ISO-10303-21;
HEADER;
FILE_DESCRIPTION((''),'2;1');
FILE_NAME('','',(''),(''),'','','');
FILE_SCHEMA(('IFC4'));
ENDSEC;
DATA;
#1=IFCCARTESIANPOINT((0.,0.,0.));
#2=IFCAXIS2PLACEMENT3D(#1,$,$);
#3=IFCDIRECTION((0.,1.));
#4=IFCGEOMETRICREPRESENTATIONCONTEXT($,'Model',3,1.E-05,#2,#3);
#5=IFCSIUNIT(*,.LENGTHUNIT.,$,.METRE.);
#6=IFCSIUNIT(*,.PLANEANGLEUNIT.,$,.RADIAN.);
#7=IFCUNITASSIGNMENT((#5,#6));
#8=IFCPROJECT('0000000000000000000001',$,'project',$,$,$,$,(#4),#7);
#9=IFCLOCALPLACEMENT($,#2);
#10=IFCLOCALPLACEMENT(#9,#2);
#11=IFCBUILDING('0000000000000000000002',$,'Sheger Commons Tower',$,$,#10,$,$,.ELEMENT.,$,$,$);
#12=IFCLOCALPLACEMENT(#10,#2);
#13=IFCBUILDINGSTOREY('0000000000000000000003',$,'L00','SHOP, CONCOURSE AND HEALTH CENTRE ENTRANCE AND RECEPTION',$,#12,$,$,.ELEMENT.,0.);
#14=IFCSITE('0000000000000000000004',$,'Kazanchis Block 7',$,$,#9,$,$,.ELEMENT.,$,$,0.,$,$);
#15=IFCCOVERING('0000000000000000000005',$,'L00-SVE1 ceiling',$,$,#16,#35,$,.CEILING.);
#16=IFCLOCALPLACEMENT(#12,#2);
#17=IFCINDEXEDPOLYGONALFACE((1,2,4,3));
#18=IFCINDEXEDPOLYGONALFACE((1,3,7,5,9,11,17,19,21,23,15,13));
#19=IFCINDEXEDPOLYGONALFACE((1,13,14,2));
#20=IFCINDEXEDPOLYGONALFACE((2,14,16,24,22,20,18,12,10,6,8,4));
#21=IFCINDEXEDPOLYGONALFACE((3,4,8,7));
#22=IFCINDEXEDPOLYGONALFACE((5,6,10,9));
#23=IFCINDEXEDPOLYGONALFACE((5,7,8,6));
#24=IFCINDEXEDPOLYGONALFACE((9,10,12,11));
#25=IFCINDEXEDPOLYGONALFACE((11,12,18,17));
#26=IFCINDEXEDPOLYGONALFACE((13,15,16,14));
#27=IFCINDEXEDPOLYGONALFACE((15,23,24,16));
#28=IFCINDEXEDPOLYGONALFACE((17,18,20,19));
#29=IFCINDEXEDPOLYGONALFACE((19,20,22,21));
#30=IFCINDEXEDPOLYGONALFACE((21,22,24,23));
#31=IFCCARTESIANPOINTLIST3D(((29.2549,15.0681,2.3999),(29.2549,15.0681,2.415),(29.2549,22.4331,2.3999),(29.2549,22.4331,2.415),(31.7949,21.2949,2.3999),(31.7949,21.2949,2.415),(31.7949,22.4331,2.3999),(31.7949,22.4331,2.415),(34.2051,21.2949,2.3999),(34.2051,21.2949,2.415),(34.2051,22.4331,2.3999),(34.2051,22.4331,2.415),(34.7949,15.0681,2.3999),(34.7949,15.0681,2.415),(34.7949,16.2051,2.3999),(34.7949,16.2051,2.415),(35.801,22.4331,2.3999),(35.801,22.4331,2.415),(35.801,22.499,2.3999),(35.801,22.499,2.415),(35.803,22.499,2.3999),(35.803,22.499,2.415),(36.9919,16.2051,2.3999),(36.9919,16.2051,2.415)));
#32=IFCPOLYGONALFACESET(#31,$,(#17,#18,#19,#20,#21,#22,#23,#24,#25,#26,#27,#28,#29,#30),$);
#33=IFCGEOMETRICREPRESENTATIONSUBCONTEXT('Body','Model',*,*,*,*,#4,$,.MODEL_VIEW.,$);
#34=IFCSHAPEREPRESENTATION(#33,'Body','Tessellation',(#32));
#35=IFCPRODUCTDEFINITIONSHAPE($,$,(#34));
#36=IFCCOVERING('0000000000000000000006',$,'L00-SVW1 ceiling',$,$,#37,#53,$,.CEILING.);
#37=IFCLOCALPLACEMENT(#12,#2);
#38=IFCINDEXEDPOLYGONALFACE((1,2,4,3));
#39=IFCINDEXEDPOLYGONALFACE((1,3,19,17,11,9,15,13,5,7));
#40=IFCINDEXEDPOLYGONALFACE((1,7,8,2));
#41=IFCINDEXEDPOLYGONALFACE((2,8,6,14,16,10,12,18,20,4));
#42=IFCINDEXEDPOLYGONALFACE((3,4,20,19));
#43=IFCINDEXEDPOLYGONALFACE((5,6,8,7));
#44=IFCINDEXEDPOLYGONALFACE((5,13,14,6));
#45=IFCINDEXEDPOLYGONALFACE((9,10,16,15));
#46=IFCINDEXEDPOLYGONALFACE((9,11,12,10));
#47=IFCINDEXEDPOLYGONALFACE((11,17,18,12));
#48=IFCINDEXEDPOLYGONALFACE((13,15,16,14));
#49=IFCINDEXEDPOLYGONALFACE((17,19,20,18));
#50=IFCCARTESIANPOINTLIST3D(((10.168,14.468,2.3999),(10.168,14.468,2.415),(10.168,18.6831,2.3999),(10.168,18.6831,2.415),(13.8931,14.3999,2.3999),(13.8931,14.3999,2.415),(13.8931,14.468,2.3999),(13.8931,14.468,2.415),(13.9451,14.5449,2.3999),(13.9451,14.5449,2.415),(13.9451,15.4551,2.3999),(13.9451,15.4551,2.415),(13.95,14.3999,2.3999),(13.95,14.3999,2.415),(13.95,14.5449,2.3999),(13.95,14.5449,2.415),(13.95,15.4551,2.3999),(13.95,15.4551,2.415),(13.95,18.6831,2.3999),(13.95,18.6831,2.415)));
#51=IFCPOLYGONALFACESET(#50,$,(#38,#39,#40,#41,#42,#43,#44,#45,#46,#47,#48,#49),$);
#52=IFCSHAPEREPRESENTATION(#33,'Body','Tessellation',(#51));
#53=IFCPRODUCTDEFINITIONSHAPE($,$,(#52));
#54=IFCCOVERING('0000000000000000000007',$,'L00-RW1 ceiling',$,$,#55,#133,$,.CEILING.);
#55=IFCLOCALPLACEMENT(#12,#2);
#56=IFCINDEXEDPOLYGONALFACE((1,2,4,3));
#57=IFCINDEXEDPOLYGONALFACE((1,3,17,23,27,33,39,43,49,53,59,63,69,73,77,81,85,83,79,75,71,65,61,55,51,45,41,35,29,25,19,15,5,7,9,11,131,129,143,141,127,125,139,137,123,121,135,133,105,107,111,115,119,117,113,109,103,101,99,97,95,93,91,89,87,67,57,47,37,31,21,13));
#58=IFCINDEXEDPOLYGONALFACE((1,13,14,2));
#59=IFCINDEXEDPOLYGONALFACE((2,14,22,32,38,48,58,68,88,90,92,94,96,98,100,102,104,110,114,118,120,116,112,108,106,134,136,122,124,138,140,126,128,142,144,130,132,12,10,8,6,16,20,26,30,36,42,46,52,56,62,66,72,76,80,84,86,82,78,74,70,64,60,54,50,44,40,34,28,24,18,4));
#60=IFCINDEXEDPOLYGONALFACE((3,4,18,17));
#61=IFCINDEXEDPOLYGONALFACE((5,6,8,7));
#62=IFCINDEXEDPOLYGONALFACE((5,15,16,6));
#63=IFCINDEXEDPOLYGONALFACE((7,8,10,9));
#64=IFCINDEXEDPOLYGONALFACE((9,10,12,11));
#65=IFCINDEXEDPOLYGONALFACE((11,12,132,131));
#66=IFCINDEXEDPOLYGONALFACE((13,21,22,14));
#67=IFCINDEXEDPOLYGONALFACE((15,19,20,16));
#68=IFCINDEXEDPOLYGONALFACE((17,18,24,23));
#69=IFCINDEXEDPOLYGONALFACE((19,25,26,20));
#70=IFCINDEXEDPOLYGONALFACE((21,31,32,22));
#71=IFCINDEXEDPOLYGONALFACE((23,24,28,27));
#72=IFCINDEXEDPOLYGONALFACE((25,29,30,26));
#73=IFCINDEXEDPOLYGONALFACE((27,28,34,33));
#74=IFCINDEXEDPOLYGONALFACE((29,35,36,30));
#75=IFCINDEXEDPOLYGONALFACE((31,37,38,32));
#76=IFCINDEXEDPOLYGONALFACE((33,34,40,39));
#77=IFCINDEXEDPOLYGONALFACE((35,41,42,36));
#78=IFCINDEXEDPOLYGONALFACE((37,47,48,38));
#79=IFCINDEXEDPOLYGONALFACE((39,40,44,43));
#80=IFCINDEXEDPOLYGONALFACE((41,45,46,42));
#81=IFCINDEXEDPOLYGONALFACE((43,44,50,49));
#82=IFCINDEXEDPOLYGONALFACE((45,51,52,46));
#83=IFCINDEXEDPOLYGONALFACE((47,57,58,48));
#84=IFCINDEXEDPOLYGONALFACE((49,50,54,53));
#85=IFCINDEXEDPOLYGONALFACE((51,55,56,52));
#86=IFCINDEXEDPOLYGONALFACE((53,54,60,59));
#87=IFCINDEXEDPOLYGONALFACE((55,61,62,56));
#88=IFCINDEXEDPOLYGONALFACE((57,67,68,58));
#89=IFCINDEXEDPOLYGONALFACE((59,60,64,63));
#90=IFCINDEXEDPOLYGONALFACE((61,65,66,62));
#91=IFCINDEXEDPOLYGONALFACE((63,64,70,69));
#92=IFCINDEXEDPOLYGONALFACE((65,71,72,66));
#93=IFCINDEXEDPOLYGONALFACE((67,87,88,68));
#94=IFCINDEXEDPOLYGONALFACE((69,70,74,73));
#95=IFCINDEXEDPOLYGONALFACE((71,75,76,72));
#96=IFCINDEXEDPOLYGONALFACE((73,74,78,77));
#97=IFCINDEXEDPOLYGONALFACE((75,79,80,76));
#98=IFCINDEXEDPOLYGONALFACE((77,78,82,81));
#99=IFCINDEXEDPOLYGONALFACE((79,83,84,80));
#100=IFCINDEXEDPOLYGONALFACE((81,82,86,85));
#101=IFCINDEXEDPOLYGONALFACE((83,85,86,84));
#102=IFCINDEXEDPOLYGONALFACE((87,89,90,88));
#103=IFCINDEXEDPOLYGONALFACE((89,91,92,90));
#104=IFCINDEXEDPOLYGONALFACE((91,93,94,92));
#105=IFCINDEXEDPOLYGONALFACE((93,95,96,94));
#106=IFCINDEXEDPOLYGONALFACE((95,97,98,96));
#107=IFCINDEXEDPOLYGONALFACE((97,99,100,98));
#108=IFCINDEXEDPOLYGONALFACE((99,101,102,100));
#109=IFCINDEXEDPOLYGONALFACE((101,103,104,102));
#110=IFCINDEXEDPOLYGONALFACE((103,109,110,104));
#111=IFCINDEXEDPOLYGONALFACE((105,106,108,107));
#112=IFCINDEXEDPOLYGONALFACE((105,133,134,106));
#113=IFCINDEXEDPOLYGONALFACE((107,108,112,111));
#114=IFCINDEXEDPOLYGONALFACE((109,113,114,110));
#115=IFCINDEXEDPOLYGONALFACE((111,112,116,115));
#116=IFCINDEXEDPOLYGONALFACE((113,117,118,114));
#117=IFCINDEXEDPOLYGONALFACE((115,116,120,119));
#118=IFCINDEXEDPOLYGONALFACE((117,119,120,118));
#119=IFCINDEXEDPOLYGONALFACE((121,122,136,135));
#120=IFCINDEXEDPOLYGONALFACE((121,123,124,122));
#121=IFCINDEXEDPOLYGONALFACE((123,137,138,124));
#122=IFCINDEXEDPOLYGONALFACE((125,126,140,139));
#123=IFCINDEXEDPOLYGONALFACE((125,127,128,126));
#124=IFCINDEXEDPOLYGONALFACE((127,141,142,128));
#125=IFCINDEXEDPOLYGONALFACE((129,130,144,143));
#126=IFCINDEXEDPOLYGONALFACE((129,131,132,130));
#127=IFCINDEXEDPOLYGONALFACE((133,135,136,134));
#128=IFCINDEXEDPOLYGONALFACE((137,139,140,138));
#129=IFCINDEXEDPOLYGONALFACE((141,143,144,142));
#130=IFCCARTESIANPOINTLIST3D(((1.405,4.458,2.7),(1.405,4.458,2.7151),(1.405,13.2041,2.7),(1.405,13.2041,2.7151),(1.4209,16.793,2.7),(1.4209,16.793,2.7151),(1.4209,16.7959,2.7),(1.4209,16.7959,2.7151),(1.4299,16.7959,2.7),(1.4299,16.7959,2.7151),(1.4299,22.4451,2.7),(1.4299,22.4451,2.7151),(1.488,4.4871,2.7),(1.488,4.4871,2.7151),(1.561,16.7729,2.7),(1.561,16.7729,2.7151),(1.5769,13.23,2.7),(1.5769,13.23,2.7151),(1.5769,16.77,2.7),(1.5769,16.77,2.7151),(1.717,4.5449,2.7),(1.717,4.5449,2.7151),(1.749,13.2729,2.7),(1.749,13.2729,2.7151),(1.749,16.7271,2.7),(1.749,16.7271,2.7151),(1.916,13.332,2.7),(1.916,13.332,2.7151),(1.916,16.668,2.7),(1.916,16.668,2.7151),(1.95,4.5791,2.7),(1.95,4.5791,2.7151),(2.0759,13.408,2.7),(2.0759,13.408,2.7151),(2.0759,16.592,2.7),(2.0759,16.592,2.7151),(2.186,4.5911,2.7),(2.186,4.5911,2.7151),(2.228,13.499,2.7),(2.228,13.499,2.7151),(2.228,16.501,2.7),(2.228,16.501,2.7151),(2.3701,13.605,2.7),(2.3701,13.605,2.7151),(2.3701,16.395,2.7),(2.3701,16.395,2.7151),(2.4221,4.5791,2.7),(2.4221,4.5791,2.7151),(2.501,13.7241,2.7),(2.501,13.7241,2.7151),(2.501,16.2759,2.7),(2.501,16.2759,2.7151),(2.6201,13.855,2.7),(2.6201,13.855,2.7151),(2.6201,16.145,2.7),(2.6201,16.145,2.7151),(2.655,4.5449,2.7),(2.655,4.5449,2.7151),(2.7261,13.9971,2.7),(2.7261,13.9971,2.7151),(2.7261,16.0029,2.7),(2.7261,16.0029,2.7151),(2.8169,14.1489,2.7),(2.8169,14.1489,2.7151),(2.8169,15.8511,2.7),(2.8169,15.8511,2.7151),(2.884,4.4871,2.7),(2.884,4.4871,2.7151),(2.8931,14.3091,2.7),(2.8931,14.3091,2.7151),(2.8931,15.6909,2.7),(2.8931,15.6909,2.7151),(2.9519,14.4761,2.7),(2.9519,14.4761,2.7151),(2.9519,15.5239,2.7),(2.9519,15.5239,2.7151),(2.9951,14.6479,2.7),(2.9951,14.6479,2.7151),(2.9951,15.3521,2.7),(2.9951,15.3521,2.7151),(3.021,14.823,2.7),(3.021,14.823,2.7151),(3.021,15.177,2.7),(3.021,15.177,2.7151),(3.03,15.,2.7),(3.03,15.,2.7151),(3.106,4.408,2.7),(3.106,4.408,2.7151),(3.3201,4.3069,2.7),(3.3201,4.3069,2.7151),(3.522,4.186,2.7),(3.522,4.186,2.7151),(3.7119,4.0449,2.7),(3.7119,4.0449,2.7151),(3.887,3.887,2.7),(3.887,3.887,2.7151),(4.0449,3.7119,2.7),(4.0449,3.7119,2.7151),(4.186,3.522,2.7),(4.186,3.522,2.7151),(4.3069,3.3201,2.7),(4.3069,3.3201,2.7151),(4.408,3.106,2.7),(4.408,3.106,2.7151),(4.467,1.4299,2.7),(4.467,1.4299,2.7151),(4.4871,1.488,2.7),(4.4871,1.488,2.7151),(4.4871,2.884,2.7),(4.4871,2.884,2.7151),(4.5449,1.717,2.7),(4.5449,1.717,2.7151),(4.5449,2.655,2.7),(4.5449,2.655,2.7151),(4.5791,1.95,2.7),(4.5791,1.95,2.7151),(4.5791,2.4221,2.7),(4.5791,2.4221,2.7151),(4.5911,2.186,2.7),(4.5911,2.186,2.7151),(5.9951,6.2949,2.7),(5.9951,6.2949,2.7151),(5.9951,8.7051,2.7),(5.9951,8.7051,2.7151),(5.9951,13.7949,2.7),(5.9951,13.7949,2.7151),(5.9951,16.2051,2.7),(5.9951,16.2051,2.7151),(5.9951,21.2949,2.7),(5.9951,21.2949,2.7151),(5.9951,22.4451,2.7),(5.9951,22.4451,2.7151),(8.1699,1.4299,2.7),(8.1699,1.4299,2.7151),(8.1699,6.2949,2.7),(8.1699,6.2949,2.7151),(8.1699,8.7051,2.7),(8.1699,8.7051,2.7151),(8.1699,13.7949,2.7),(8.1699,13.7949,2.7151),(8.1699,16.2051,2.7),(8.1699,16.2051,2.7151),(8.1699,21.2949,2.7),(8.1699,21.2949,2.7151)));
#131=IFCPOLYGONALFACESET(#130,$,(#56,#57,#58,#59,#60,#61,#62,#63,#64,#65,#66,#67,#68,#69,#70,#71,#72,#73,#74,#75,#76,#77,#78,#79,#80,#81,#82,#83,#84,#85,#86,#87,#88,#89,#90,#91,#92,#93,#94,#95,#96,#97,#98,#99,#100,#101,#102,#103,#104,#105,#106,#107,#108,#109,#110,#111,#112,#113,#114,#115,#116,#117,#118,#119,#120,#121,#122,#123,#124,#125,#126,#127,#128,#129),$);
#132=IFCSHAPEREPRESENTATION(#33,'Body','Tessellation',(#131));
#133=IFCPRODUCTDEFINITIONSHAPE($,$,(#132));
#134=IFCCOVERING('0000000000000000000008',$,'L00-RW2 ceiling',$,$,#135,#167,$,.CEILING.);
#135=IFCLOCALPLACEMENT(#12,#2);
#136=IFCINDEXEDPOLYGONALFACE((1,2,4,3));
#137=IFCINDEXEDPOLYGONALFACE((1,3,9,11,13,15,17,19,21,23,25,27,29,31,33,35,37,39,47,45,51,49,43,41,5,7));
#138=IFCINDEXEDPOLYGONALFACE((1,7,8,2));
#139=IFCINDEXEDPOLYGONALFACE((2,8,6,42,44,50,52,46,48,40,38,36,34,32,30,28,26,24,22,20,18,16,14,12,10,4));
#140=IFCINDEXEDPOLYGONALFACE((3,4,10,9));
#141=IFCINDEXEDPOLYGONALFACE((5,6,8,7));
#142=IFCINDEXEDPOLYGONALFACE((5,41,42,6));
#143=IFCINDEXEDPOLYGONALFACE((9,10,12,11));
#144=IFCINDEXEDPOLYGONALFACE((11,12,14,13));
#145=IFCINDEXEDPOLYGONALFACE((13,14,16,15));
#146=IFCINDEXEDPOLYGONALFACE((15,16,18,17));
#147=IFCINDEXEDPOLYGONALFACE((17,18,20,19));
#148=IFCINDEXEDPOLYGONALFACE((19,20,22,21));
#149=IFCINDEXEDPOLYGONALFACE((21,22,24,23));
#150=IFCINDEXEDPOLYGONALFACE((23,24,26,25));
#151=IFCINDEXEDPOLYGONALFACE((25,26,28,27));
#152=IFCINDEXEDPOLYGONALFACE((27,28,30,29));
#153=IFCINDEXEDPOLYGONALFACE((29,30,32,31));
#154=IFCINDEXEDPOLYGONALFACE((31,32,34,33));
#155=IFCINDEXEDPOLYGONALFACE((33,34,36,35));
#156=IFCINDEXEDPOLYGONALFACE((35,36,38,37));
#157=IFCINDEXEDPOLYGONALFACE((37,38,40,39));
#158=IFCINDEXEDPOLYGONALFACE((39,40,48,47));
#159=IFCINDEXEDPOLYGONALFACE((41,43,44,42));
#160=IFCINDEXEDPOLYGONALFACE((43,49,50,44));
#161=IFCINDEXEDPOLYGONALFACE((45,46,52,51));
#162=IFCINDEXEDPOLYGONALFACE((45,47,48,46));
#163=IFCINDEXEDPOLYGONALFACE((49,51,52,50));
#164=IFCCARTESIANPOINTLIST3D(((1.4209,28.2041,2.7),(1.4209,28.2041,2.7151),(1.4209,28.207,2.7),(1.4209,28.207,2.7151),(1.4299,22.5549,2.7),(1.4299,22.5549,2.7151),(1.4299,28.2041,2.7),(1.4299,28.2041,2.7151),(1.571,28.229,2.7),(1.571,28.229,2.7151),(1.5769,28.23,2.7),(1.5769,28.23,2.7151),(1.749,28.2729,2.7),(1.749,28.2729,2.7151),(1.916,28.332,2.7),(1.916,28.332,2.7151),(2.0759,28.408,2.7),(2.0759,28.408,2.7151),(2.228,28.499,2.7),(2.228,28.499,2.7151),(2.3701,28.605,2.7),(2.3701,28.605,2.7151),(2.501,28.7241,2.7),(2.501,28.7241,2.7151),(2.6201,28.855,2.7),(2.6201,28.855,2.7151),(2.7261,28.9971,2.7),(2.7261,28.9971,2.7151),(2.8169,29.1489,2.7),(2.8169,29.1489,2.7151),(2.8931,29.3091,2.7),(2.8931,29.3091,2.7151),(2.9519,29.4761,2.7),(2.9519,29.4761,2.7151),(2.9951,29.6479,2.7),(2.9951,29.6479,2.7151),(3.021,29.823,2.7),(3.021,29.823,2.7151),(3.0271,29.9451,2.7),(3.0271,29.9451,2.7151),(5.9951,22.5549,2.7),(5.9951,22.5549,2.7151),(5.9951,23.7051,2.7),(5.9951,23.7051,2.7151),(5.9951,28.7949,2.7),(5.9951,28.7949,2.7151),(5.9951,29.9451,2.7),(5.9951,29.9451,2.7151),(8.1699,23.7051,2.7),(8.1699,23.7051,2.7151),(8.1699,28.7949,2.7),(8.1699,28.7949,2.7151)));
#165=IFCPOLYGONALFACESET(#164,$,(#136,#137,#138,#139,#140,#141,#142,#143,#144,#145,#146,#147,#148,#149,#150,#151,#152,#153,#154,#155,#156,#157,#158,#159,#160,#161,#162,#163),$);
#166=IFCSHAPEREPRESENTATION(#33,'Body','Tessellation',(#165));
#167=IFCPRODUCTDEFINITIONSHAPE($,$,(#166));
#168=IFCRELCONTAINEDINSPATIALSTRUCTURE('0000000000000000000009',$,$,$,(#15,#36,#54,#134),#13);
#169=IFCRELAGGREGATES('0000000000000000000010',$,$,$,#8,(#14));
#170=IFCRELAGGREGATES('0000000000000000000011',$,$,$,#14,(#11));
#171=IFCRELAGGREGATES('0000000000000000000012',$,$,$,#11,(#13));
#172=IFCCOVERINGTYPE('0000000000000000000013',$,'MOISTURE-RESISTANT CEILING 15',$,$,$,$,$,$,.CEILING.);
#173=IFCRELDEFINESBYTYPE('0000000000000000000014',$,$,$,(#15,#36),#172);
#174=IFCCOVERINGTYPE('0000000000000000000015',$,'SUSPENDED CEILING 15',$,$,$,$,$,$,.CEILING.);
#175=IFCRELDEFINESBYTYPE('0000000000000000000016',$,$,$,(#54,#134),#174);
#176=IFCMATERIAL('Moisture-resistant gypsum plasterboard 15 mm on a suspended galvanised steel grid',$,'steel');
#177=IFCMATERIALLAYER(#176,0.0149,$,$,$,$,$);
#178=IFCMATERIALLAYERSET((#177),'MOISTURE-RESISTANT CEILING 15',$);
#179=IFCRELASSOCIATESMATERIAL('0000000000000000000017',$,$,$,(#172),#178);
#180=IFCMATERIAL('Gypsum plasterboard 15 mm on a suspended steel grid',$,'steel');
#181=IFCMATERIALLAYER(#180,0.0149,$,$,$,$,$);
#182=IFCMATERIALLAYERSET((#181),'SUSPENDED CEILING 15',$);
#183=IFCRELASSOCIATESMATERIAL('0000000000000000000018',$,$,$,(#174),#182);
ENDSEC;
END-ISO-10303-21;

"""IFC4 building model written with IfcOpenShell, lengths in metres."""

from ifc_helpers import new_model, si_unit, direction, frame, origin, place, context, subcontext, project, spatial, polyline, outline, extrude, material, layer, layer_set, type_object, element, save


model = new_model("IFC4")

# Units and contexts
model_context = context("Model", 3, precision=1e-05, world=origin(), true_north=direction((0.0, 1.0)))
body_context = subcontext(model_context, "Body", "Model", "MODEL_VIEW")
ifc_project = project(units=[si_unit("LENGTHUNIT", "METRE"), si_unit("PLANEANGLEUNIT", "RADIAN")], contexts=[model_context])

# Site, building, storey
site_placement = place(None, origin())
site = spatial("IfcSite", under=ifc_project, at=site_placement, Name="Kazanchis Block 7", CompositionType="ELEMENT", RefElevation=0.0)
building_placement = place(site_placement, origin())
building = spatial("IfcBuilding", under=site, at=building_placement, Name="Sheger Commons Tower", CompositionType="ELEMENT")
storey_placement = place(building_placement, origin())
storey = spatial("IfcBuildingStorey", under=building, at=storey_placement, Name="L00", Description="SHOP, CONCOURSE AND HEALTH CENTRE ENTRANCE AND RECEPTION", CompositionType="ELEMENT", Elevation=0.0)

# Coverings
ifc_material_1 = material(Name="Moisture-resistant gypsum plasterboard 15 mm on a suspended galvanised steel grid", Category="steel")
ifc_layer_1 = layer(ifc_material_1, 0.0149)
ifc_layer_set_1 = layer_set([ifc_layer_1], Name="MOISTURE-RESISTANT CEILING 15")
covering_type_1 = type_object("IfcCoveringType", Name="MOISTURE-RESISTANT CEILING 15", PredefinedType="CEILING", material=ifc_layer_set_1)
covering_1_placement = place(storey_placement, frame((0.0, 0.0, 2.3999)))
element("IfcCovering", 1, at=covering_1_placement, inside=storey, type_object=covering_type_1, Name="L00-SVE1 ceiling", PredefinedType="CEILING", context=body_context, shape_type="SweptSolid", body=[
    extrude(outline(polyline([(29.2549, 15.0681), (34.7949, 15.0681), (34.7949, 16.2051), (36.9919, 16.2051), (35.803, 22.499), (35.801, 22.499), (35.801, 22.4331), (34.2051, 22.4331), (34.2051, 21.2949), (31.7949, 21.2949), (31.7949, 22.4331), (29.2549, 22.4331), (29.2549, 15.0681)])), origin(), (0.0, 0.0, 1.0), 0.0151),
])
covering_2_placement = place(storey_placement, frame((0.0, 0.0, 2.3999)))
element("IfcCovering", 2, at=covering_2_placement, inside=storey, type_object=covering_type_1, Name="L00-SVW1 ceiling", PredefinedType="CEILING", context=body_context, shape_type="SweptSolid", body=[
    extrude(outline(polyline([(13.8931, 14.3999), (13.95, 14.3999), (13.95, 14.5449), (13.9451, 14.5449), (13.9451, 15.4551), (13.95, 15.4551), (13.95, 18.6831), (10.168, 18.6831), (10.168, 14.468), (13.8931, 14.468), (13.8931, 14.3999)])), origin(), (0.0, 0.0, 1.0), 0.0151),
])
ifc_material_2 = material(Name="Gypsum plasterboard 15 mm on a suspended steel grid", Category="steel")
ifc_layer_2 = layer(ifc_material_2, 0.0149)
ifc_layer_set_2 = layer_set([ifc_layer_2], Name="SUSPENDED CEILING 15")
covering_type_2 = type_object("IfcCoveringType", Name="SUSPENDED CEILING 15", PredefinedType="CEILING", material=ifc_layer_set_2)
covering_3_placement = place(storey_placement, frame((0.0, 0.0, 2.7)))
element("IfcCovering", 3, at=covering_3_placement, inside=storey, type_object=covering_type_2, Name="L00-RW1 ceiling", PredefinedType="CEILING", context=body_context, shape_type="SweptSolid", body=[
    extrude(outline(polyline([(4.467, 1.4299), (8.1699, 1.4299), (8.1699, 6.2949), (5.9951, 6.2949), (5.9951, 8.7051), (8.1699, 8.7051), (8.1699, 13.7949), (5.9951, 13.7949), (5.9951, 16.2051), (8.1699, 16.2051), (8.1699, 21.2949), (5.9951, 21.2949), (5.9951, 22.4451), (1.4299, 22.4451), (1.4299, 16.7959), (1.4209, 16.7959), (1.4209, 16.793), (1.561, 16.7729), (1.5769, 16.77), (1.749, 16.7271), (1.916, 16.668), (2.0759, 16.592), (2.228, 16.501), (2.3701, 16.395), (2.501, 16.2759), (2.6201, 16.145), (2.7261, 16.0029), (2.8169, 15.8511), (2.8931, 15.6909), (2.9519, 15.5239), (2.9951, 15.3521), (3.021, 15.177), (3.03, 15.0), (3.021, 14.823), (2.9951, 14.6479), (2.9519, 14.4761), (2.8931, 14.3091), (2.8169, 14.1489), (2.7261, 13.9971), (2.6201, 13.855), (2.501, 13.7241), (2.3701, 13.605), (2.228, 13.499), (2.0759, 13.408), (1.916, 13.332), (1.749, 13.2729), (1.5769, 13.23), (1.405, 13.2041), (1.405, 4.458), (1.488, 4.4871), (1.717, 4.5449), (1.95, 4.5791), (2.186, 4.5911), (2.4221, 4.5791), (2.655, 4.5449), (2.884, 4.4871), (3.106, 4.408), (3.3201, 4.3069), (3.522, 4.186), (3.7119, 4.0449), (3.887, 3.887), (4.0449, 3.7119), (4.186, 3.522), (4.3069, 3.3201), (4.408, 3.106), (4.4871, 2.884), (4.5449, 2.655), (4.5791, 2.4221), (4.5911, 2.186), (4.5791, 1.95), (4.5449, 1.717), (4.4871, 1.488), (4.467, 1.4299)])), origin(), (0.0, 0.0, 1.0), 0.0151),
])
covering_4_placement = place(storey_placement, frame((0.0, 0.0, 2.7)))
element("IfcCovering", 4, at=covering_4_placement, inside=storey, type_object=covering_type_2, Name="L00-RW2 ceiling", PredefinedType="CEILING", context=body_context, shape_type="SweptSolid", body=[
    extrude(outline(polyline([(1.4299, 22.5549), (5.9951, 22.5549), (5.9951, 23.7051), (8.1699, 23.7051), (8.1699, 28.7949), (5.9951, 28.7949), (5.9951, 29.9451), (3.0271, 29.9451), (3.021, 29.823), (2.9951, 29.6479), (2.9519, 29.4761), (2.8931, 29.3091), (2.8169, 29.1489), (2.7261, 28.9971), (2.6201, 28.855), (2.501, 28.7241), (2.3701, 28.605), (2.228, 28.499), (2.0759, 28.408), (1.916, 28.332), (1.749, 28.2729), (1.5769, 28.23), (1.571, 28.229), (1.4209, 28.207), (1.4209, 28.2041), (1.4299, 28.2041), (1.4299, 22.5549)])), origin(), (0.0, 0.0, 1.0), 0.0151),
])

save(model, "model.ifc")
